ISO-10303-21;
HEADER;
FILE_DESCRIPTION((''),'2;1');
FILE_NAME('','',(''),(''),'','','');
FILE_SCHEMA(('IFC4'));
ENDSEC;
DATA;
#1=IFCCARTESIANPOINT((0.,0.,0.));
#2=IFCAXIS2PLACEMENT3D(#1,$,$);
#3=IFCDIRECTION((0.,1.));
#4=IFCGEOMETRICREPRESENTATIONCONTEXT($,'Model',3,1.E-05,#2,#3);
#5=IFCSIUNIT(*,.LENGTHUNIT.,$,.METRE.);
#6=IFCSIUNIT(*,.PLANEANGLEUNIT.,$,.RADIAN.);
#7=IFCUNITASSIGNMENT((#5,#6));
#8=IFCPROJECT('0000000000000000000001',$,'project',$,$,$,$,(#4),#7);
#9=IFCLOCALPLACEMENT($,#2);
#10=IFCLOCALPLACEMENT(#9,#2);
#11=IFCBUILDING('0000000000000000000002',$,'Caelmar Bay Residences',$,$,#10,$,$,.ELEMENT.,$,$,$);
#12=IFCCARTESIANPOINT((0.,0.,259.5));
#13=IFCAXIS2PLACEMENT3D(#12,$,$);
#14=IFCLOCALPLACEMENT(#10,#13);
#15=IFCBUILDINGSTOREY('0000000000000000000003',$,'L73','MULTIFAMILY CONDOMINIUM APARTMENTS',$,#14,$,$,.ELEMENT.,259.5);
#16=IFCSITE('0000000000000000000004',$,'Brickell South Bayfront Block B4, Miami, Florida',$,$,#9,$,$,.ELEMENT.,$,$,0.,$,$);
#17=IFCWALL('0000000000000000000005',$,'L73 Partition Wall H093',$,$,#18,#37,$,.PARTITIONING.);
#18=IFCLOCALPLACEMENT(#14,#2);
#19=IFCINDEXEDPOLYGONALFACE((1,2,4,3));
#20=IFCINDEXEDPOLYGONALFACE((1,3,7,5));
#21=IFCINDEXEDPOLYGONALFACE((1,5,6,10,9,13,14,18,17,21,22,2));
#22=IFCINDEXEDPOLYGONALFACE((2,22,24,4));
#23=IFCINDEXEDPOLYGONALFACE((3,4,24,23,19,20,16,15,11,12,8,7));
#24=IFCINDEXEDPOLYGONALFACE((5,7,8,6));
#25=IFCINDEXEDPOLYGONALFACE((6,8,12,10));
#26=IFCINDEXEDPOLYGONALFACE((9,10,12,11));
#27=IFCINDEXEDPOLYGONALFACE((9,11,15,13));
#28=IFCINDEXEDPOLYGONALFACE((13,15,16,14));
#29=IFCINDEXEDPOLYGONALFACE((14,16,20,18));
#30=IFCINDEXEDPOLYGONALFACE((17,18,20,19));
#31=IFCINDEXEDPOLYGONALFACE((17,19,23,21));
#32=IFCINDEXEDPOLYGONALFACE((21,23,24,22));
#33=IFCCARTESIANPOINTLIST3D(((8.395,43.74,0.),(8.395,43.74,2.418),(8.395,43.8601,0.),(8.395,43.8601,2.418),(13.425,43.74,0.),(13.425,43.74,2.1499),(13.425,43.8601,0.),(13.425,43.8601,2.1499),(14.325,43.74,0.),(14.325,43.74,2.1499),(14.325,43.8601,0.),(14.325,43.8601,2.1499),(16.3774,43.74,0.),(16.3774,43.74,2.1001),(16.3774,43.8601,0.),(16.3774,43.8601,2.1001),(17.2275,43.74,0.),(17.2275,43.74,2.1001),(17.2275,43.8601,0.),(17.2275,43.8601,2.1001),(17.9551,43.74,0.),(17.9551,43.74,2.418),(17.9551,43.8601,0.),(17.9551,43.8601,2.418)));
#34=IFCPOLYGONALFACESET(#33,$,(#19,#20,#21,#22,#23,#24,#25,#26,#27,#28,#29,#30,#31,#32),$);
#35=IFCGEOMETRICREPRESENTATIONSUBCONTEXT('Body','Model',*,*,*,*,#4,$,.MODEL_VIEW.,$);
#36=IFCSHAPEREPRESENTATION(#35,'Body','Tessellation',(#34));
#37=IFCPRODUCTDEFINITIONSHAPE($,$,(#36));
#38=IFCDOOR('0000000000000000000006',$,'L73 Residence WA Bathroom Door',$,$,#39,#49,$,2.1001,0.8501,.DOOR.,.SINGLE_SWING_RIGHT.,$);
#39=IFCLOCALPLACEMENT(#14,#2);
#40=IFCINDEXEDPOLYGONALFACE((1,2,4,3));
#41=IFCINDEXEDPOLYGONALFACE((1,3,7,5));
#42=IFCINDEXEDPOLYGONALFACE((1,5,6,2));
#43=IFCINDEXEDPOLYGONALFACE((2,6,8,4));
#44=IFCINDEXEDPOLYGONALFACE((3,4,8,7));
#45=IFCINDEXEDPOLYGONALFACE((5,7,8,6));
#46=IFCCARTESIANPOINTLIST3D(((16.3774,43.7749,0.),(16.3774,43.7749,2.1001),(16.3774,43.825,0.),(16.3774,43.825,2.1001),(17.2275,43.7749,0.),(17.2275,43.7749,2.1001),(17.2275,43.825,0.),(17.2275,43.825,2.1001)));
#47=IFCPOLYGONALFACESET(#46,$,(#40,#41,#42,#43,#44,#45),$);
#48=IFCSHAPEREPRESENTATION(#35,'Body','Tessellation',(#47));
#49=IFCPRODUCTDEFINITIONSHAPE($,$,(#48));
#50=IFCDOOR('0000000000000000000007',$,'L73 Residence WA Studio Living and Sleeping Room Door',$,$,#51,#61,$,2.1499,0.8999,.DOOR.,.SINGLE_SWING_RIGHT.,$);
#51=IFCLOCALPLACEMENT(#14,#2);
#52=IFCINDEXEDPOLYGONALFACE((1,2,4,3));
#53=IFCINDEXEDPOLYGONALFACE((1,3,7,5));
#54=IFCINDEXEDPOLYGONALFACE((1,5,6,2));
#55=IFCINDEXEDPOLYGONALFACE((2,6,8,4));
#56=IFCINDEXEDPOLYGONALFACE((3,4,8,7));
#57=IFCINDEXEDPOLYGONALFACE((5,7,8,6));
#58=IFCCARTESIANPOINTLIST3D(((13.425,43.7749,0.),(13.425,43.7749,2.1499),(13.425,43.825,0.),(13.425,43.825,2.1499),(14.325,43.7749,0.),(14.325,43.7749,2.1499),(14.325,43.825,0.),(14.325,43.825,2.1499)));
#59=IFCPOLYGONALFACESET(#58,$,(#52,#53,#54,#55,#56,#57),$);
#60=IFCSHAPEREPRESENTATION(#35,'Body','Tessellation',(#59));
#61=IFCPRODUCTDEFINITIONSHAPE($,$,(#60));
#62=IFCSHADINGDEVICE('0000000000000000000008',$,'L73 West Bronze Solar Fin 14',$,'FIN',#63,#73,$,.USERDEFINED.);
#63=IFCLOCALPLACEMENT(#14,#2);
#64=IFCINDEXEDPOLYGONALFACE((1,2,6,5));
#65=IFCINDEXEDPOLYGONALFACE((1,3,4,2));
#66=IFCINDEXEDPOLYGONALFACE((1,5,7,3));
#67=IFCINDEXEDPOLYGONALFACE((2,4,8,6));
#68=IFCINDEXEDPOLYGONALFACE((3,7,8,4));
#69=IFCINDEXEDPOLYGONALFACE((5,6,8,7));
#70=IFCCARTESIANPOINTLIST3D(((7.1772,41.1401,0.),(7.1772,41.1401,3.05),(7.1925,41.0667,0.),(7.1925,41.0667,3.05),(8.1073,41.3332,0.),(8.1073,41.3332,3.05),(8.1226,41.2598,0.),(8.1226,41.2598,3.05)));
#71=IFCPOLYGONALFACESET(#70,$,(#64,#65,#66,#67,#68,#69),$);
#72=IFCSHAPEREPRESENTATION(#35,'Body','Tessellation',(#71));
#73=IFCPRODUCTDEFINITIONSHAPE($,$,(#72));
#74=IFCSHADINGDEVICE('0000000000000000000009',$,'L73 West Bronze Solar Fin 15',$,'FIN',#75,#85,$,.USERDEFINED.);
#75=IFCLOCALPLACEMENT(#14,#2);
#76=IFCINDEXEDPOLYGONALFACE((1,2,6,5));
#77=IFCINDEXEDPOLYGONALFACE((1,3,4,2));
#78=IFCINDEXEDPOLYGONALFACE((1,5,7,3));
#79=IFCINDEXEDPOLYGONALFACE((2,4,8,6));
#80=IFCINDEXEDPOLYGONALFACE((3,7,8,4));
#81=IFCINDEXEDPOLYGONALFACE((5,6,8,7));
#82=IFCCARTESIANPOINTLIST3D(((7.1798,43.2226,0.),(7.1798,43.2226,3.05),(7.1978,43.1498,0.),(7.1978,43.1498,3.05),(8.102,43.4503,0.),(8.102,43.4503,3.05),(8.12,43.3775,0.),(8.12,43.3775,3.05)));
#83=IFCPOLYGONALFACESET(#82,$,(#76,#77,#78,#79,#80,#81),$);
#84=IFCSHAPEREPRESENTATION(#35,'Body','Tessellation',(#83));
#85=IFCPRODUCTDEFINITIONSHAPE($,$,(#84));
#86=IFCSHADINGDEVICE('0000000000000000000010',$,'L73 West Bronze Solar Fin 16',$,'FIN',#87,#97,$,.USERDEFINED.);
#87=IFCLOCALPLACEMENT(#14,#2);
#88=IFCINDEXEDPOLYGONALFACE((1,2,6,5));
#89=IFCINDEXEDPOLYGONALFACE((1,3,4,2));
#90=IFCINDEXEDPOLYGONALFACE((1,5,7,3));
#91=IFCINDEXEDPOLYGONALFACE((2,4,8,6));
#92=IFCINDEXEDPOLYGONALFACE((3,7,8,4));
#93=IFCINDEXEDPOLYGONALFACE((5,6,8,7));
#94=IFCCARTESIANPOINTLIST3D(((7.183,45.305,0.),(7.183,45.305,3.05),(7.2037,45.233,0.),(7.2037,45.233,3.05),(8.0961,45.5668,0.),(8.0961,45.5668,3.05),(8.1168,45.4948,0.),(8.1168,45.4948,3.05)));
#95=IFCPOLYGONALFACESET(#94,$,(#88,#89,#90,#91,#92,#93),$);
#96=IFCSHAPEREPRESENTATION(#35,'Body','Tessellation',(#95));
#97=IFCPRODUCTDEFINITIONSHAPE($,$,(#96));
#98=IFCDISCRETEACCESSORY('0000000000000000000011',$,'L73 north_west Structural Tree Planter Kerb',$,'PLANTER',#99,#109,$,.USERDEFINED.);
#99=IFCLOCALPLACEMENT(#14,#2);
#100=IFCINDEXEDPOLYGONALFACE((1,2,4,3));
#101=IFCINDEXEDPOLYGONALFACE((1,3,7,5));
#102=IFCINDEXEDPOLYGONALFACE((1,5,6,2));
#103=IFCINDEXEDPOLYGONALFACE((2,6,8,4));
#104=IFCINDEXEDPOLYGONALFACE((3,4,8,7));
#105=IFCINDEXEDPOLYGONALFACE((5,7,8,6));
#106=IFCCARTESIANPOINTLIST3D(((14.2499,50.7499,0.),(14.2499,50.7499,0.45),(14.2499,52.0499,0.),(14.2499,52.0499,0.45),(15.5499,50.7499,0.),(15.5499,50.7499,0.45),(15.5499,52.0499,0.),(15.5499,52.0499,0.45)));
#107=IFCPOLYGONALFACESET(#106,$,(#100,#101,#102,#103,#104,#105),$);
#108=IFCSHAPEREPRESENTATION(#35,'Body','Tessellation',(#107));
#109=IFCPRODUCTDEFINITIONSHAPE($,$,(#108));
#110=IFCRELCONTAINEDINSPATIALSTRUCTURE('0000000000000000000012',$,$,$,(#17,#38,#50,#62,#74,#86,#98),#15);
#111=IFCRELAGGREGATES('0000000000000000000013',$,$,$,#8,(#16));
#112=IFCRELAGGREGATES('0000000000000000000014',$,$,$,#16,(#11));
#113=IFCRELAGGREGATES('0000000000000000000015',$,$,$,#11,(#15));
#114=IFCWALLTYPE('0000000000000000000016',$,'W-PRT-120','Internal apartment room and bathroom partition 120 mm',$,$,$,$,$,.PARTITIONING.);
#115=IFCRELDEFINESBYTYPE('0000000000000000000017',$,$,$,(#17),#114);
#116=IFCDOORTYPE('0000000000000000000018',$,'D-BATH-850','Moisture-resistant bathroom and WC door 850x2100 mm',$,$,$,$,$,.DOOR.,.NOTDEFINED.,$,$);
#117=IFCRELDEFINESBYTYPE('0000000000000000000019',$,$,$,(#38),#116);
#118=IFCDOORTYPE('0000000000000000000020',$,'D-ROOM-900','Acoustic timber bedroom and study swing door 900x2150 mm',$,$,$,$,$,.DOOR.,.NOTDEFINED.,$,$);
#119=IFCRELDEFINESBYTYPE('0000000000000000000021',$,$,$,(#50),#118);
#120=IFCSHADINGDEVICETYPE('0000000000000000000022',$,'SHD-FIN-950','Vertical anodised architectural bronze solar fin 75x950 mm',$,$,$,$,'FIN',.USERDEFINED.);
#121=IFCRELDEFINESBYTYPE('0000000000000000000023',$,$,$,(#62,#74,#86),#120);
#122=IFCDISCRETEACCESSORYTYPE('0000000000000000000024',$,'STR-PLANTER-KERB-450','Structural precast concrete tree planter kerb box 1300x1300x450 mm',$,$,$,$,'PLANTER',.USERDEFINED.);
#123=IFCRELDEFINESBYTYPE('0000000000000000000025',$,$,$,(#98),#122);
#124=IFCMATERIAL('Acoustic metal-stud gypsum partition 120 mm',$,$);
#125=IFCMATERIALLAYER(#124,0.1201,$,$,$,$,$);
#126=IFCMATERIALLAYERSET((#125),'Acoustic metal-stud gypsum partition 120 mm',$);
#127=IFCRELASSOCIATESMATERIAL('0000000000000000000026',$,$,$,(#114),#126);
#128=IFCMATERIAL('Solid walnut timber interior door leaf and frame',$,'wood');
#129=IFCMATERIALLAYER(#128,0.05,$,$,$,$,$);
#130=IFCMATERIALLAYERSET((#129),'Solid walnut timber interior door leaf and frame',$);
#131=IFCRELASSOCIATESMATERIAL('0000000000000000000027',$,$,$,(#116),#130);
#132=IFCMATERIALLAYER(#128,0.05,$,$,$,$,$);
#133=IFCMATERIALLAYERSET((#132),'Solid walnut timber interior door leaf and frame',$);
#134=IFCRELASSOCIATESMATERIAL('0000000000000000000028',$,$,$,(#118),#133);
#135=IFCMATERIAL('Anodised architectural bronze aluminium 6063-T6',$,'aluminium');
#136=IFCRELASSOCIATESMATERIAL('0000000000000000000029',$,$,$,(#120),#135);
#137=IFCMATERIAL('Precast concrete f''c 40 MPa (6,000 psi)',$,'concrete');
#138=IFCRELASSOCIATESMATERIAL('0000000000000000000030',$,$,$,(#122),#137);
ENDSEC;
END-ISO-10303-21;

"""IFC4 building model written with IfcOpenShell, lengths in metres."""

from ifc_helpers import new_model, si_unit, direction, frame, frame_2d, origin, origin_2d, place, context, subcontext, project, spatial, rectangle, extrude, material, layer, layer_set, material_profile, profile_set, type_object, element, fill, save


model = new_model("IFC4")

# Units and contexts
model_context = context("Model", 3, precision=1e-05, world=origin(), true_north=direction((0.0, 1.0)))
body_context = subcontext(model_context, "Body", "Model", "MODEL_VIEW")
ifc_project = project(units=[si_unit("LENGTHUNIT", "METRE"), si_unit("PLANEANGLEUNIT", "RADIAN")], contexts=[model_context])

# Site, building, storey
site_placement = place(None, origin())
site = spatial("IfcSite", under=ifc_project, at=site_placement, Name="Brickell South Bayfront Block B4, Miami, Florida", CompositionType="ELEMENT", RefElevation=0.0)
building_placement = place(site_placement, origin())
building = spatial("IfcBuilding", under=site, at=building_placement, Name="Caelmar Bay Residences", CompositionType="ELEMENT")
storey_placement = place(building_placement, frame((0.0, 0.0, 259.5)))
storey = spatial("IfcBuildingStorey", under=building, at=storey_placement, Name="L73", Description="MULTIFAMILY CONDOMINIUM APARTMENTS", CompositionType="ELEMENT", Elevation=259.5)

# Shared definitions
ifc_material_1 = material(Name="Precast concrete f'c 40 MPa (6,000 psi)", Category="concrete")

# Shared definitions
ifc_material_2 = material(Name="Acoustic metal-stud gypsum partition 120 mm")
ifc_layer_1 = layer(ifc_material_2, 0.1201)
ifc_layer_set_1 = layer_set([ifc_layer_1], Name="Acoustic metal-stud gypsum partition 120 mm")
wall_type_1 = type_object("IfcWallType", Name="W-PRT-120", Description="Internal apartment room and bathroom partition 120 mm", PredefinedType="PARTITIONING", material=ifc_layer_set_1)

# Wall, openings, doors
wall_1_placement = place(storey_placement, frame((8.395, 43.8, 0.0), z_axis=(0.0, 0.0, 1.0), x_axis=(1.0, 0.0, 0.0)))
wall_1 = element("IfcWall", 1, at=wall_1_placement, inside=storey, type_object=wall_type_1, Name="L73 Partition Wall H093", PredefinedType="PARTITIONING", context=body_context, shape_type="SweptSolid", body=[
    extrude(rectangle(XDim=9.5601, YDim=0.1201, at=frame_2d((4.78, 0.0))), origin(), (0.0, 0.0, 1.0), 2.418),
])
opening_1_placement = place(wall_1_placement, frame((5.03, 0.0, 0.0)))
opening_1 = element("IfcOpeningElement", 2, at=opening_1_placement, cuts=wall_1, PredefinedType="OPENING", context=body_context, shape_type="SweptSolid", body=[
    extrude(rectangle(XDim=0.8999, YDim=2.1499, at=frame_2d((0.45, 1.075))), frame((0.0, 0.0701, 0.0), z_axis=(0.0, -1.0, 0.0), x_axis=(1.0, 0.0, 0.0)), (0.0, 0.0, 1.0), 0.1401),
])
opening_2_placement = place(wall_1_placement, frame((7.9824, 0.0, 0.0)))
opening_2 = element("IfcOpeningElement", 3, at=opening_2_placement, cuts=wall_1, PredefinedType="OPENING", context=body_context, shape_type="SweptSolid", body=[
    extrude(rectangle(XDim=0.8501, YDim=2.1001, at=frame_2d((0.425, 1.05))), frame((0.0, 0.0701, 0.0), z_axis=(0.0, -1.0, 0.0), x_axis=(1.0, 0.0, 0.0)), (0.0, 0.0, 1.0), 0.1401),
])
ifc_material_3 = material(Name="Solid walnut timber interior door leaf and frame", Category="wood")
ifc_layer_2 = layer(ifc_material_3, 0.05)
ifc_layer_set_2 = layer_set([ifc_layer_2], Name="Solid walnut timber interior door leaf and frame")
door_type_1 = type_object("IfcDoorType", Name="D-BATH-850", Description="Moisture-resistant bathroom and WC door 850x2100 mm", OperationType="NOTDEFINED", PredefinedType="DOOR", material=ifc_layer_set_2)
door_1_placement = place(opening_2_placement, origin())
door_1 = element("IfcDoor", 4, at=door_1_placement, inside=storey, type_object=door_type_1, Name="L73 Residence WA Bathroom Door", OperationType="SINGLE_SWING_RIGHT", OverallHeight=2.1001, OverallWidth=0.8501, PredefinedType="DOOR", context=body_context, shape_type="SweptSolid", body=[
    extrude(rectangle(XDim=0.8501, YDim=2.1001, at=frame_2d((0.425, 1.05))), frame((0.0, 0.0249, 0.0), z_axis=(0.0, -1.0, 0.0), x_axis=(1.0, 0.0, 0.0)), (0.0, 0.0, 1.0), 0.05),
])
fill(opening_2, door_1)
ifc_layer_3 = layer(ifc_material_3, 0.05)
ifc_layer_set_3 = layer_set([ifc_layer_3], Name="Solid walnut timber interior door leaf and frame")
door_type_2 = type_object("IfcDoorType", Name="D-ROOM-900", Description="Acoustic timber bedroom and study swing door 900x2150 mm", OperationType="NOTDEFINED", PredefinedType="DOOR", material=ifc_layer_set_3)
door_2_placement = place(opening_1_placement, origin())
door_2 = element("IfcDoor", 5, at=door_2_placement, inside=storey, type_object=door_type_2, Name="L73 Residence WA Studio Living and Sleeping Room Door", OperationType="SINGLE_SWING_RIGHT", OverallHeight=2.1499, OverallWidth=0.8999, PredefinedType="DOOR", context=body_context, shape_type="SweptSolid", body=[
    extrude(rectangle(XDim=0.8999, YDim=2.1499, at=frame_2d((0.45, 1.075))), frame((0.0, 0.0249, 0.0), z_axis=(0.0, -1.0, 0.0), x_axis=(1.0, 0.0, 0.0)), (0.0, 0.0, 1.0), 0.05),
])
fill(opening_1, door_2)

# Shading devices
ifc_material_4 = material(Name="Anodised architectural bronze aluminium 6063-T6", Category="aluminium")
ifc_material_profile_1 = material_profile(ifc_material_4, rectangle(XDim=0.075, YDim=0.95, at=origin_2d()), Name="BRONZE-FIN-75X950")
ifc_profile_set_1 = profile_set([ifc_material_profile_1], Name="Anodised architectural bronze aluminium 6063-T6")
shading_device_type = type_object("IfcShadingDeviceType", Name="SHD-FIN-950", Description="Vertical anodised architectural bronze solar fin 75x950 mm", ElementType="FIN", PredefinedType="USERDEFINED", material=ifc_profile_set_1)
for number, where, z_axis, x_axis, name in (
    (6, (7.6499, 41.2, 0.0), (0.0, 0.0, 1.0), (-0.2033, 0.979116, 0.0), "L73 West Bronze Solar Fin 14"),
    (7, (7.6499, 43.3, 0.0), (0.0, 0.0, 1.0), (-0.23972, 0.970842, 0.0), "L73 West Bronze Solar Fin 15"),
    (8, (7.6499, 45.3999, 0.0), (0.0, 0.0, 1.0), (-0.275637, 0.961262, 0.0), "L73 West Bronze Solar Fin 16"),
):
    element("IfcShadingDevice", number, at=place(storey_placement, frame(where, z_axis=z_axis, x_axis=x_axis)), inside=storey, type_object=shading_device_type, Name=name, ObjectType="FIN", PredefinedType="USERDEFINED", context=body_context, shape_type="SweptSolid", body=[
        extrude(rectangle(XDim=0.075, YDim=0.95, at=origin_2d()), origin(), (0.0, 0.0, 1.0), 3.05),
    ])

# Discrete accessory
discrete_accessory_type = type_object("IfcDiscreteAccessoryType", Name="STR-PLANTER-KERB-450", Description="Structural precast concrete tree planter kerb box 1300x1300x450 mm", ElementType="PLANTER", PredefinedType="USERDEFINED", material=ifc_material_1)
discrete_accessory_placement = place(storey_placement, frame((14.8999, 51.3999, 0.0), z_axis=(0.0, 0.0, 1.0), x_axis=(1.0, 0.0, 0.0)))
element("IfcDiscreteAccessory", 9, at=discrete_accessory_placement, inside=storey, type_object=discrete_accessory_type, Name="L73 north_west Structural Tree Planter Kerb", ObjectType="PLANTER", PredefinedType="USERDEFINED", context=body_context, shape_type="SweptSolid", body=[
    extrude(rectangle(XDim=1.3, YDim=1.3, at=origin_2d()), origin(), (0.0, 0.0, 1.0), 0.45),
])

save(model, "model.ifc")
